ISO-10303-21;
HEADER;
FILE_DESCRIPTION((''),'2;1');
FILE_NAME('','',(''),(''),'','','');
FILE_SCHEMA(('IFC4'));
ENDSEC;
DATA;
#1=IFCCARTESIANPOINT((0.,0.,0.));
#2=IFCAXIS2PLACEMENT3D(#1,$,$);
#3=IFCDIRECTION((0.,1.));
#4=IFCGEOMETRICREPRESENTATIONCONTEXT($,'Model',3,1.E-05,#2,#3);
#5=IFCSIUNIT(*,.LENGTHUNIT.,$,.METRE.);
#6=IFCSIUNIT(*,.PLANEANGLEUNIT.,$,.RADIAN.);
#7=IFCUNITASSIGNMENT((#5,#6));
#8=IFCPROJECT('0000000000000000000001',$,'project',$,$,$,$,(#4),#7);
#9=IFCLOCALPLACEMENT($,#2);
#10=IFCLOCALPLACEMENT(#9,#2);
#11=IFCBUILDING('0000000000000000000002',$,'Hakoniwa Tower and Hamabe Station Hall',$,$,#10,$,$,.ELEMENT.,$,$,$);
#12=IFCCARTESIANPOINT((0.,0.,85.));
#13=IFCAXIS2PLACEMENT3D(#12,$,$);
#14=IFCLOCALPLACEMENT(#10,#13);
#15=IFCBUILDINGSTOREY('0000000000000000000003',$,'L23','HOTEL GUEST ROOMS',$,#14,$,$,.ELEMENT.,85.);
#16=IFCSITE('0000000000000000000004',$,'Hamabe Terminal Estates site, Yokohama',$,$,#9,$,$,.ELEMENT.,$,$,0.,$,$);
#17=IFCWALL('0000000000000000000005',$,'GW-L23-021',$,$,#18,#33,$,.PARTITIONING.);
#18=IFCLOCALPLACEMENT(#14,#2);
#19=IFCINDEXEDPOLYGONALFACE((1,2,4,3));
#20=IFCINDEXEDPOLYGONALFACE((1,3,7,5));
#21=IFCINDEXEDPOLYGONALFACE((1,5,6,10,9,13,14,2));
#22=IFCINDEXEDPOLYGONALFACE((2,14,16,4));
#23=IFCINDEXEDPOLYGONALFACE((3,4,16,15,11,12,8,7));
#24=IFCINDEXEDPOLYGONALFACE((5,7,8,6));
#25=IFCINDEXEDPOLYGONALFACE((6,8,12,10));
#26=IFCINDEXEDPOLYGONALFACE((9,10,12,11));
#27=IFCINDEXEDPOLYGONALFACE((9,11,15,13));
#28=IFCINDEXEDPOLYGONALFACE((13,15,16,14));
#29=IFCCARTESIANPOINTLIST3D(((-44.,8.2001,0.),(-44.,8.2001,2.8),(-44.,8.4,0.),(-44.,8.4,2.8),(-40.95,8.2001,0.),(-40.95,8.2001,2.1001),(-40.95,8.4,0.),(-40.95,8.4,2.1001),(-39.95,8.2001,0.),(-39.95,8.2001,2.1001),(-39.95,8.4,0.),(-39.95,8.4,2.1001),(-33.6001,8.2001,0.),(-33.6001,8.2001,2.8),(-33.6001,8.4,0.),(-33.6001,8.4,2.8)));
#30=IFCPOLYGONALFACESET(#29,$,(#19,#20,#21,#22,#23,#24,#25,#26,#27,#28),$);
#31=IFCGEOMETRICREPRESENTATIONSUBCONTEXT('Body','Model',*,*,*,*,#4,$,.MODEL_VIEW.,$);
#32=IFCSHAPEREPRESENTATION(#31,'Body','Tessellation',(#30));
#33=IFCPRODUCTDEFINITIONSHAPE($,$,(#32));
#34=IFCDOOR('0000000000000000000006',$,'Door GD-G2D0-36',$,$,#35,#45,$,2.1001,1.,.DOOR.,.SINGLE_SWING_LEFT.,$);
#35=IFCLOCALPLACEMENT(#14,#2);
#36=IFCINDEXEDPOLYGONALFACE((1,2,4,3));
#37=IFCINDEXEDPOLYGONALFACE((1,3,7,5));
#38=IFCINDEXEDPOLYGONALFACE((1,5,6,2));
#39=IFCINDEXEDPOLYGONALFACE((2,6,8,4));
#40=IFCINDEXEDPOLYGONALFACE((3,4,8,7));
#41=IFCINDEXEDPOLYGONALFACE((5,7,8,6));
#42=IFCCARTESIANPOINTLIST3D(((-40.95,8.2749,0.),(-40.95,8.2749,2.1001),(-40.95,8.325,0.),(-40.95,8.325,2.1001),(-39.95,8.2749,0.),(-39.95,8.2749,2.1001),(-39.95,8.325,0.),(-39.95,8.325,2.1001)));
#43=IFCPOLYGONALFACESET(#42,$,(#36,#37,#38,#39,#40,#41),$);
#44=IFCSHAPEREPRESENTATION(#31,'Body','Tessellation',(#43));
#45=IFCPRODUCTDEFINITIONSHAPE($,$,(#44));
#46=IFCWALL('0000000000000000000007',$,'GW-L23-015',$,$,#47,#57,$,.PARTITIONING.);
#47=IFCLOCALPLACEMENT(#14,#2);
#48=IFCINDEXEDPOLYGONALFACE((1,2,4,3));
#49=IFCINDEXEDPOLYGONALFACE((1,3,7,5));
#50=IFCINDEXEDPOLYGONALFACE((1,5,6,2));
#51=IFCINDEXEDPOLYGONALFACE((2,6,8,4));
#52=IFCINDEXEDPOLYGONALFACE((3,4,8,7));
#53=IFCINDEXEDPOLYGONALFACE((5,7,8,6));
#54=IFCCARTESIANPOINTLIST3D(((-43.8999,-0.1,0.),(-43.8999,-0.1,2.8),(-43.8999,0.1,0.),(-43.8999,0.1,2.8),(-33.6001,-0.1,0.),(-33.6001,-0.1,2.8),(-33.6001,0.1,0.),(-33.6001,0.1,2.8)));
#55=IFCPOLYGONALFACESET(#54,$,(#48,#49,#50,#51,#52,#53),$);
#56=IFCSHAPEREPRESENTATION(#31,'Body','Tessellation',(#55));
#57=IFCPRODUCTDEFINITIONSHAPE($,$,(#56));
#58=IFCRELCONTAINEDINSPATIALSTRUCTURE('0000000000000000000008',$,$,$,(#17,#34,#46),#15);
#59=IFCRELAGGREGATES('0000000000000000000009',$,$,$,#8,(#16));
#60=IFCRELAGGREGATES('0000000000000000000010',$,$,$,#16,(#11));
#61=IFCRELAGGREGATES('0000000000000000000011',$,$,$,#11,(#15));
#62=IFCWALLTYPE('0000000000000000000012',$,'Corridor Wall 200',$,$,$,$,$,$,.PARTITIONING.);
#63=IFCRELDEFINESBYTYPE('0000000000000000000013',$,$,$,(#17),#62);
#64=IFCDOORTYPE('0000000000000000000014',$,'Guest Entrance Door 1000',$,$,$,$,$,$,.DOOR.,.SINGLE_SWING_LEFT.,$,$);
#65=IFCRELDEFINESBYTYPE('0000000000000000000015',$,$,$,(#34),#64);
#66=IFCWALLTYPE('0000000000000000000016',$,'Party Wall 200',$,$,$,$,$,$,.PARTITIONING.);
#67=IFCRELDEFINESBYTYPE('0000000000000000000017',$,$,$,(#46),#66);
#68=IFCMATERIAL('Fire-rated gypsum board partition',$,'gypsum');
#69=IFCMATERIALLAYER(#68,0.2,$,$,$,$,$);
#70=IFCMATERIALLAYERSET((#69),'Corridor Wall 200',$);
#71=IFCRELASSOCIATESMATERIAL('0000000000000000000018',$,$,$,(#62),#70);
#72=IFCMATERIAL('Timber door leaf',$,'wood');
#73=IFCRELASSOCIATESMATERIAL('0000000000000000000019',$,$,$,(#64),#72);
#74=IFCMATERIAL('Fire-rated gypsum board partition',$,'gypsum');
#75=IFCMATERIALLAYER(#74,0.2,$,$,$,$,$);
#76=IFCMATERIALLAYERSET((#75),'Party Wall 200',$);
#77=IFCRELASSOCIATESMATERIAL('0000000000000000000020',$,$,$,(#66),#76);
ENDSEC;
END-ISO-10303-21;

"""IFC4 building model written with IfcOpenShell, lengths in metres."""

from ifc_helpers import new_model, si_unit, direction, frame, frame_2d, origin, place, context, subcontext, project, spatial, rectangle, extrude, material, layer, layer_set, type_object, element, fill, save


model = new_model("IFC4")

# Units and contexts
model_context = context("Model", 3, precision=1e-05, world=origin(), true_north=direction((0.0, 1.0)))
body_context = subcontext(model_context, "Body", "Model", "MODEL_VIEW")
ifc_project = project(units=[si_unit("LENGTHUNIT", "METRE"), si_unit("PLANEANGLEUNIT", "RADIAN")], contexts=[model_context])

# Site, building, storey
site_placement = place(None, origin())
site = spatial("IfcSite", under=ifc_project, at=site_placement, Name="Hamabe Terminal Estates site, Yokohama", CompositionType="ELEMENT", RefElevation=0.0)
building_placement = place(site_placement, origin())
building = spatial("IfcBuilding", under=site, at=building_placement, Name="Hakoniwa Tower and Hamabe Station Hall", CompositionType="ELEMENT")
storey_placement = place(building_placement, frame((0.0, 0.0, 85.0)))
storey = spatial("IfcBuildingStorey", under=building, at=storey_placement, Name="L23", Description="HOTEL GUEST ROOMS", CompositionType="ELEMENT", Elevation=85.0)

# Wall, opening, door
ifc_material_1 = material(Name="Fire-rated gypsum board partition", Category="gypsum")
ifc_layer_1 = layer(ifc_material_1, 0.2)
ifc_layer_set_1 = layer_set([ifc_layer_1], Name="Corridor Wall 200")
wall_type_1 = type_object("IfcWallType", Name="Corridor Wall 200", PredefinedType="PARTITIONING", material=ifc_layer_set_1)
wall_1_placement = place(storey_placement, frame((-44.0, 8.3, 0.0), z_axis=(0.0, 0.0, 1.0), x_axis=(1.0, 0.0, 0.0)))
wall_1 = element("IfcWall", 1, at=wall_1_placement, inside=storey, type_object=wall_type_1, Name="GW-L23-021", PredefinedType="PARTITIONING", context=body_context, shape_type="SweptSolid", body=[
    extrude(rectangle(XDim=10.3999, YDim=0.2, at=frame_2d((5.2, 0.0))), origin(), (0.0, 0.0, 1.0), 2.8),
])
opening_1_placement = place(wall_1_placement, frame((3.05, 0.0, 0.0)))
opening_1 = element("IfcOpeningElement", 2, at=opening_1_placement, cuts=wall_1, PredefinedType="OPENING", context=body_context, shape_type="SweptSolid", body=[
    extrude(rectangle(XDim=1.0, YDim=2.1001, at=frame_2d((0.5, 1.05))), frame((0.0, 0.1099, 0.0), z_axis=(0.0, -1.0, 0.0), x_axis=(1.0, 0.0, 0.0)), (0.0, 0.0, 1.0), 0.22),
])
ifc_material_2 = material(Name="Timber door leaf", Category="wood")
door_type_1 = type_object("IfcDoorType", Name="Guest Entrance Door 1000", OperationType="SINGLE_SWING_LEFT", PredefinedType="DOOR", material=ifc_material_2)
door_1_placement = place(opening_1_placement, origin())
door_1 = element("IfcDoor", 3, at=door_1_placement, inside=storey, type_object=door_type_1, Name="Door GD-G2D0-36", OperationType="SINGLE_SWING_LEFT", OverallHeight=2.1001, OverallWidth=1.0, PredefinedType="DOOR", context=body_context, shape_type="SweptSolid", body=[
    extrude(rectangle(XDim=1.0, YDim=2.1001, at=frame_2d((0.5, 1.05))), frame((0.0, 0.0249, 0.0), z_axis=(0.0, -1.0, 0.0), x_axis=(1.0, 0.0, 0.0)), (0.0, 0.0, 1.0), 0.05),
])
fill(opening_1, door_1)

# Wall
ifc_material_3 = material(Name="Fire-rated gypsum board partition", Category="gypsum")
ifc_layer_2 = layer(ifc_material_3, 0.2)
ifc_layer_set_2 = layer_set([ifc_layer_2], Name="Party Wall 200")
wall_type_2 = type_object("IfcWallType", Name="Party Wall 200", PredefinedType="PARTITIONING", material=ifc_layer_set_2)
wall_2_placement = place(storey_placement, frame((-43.8999, 0.0, 0.0), z_axis=(0.0, 0.0, 1.0), x_axis=(1.0, 0.0, 0.0)))
element("IfcWall", 4, at=wall_2_placement, inside=storey, type_object=wall_type_2, Name="GW-L23-015", PredefinedType="PARTITIONING", context=body_context, shape_type="SweptSolid", body=[
    extrude(rectangle(XDim=10.2998, YDim=0.2, at=frame_2d((5.1499, 0.0))), origin(), (0.0, 0.0, 1.0), 2.8),
])

save(model, "model.ifc")
